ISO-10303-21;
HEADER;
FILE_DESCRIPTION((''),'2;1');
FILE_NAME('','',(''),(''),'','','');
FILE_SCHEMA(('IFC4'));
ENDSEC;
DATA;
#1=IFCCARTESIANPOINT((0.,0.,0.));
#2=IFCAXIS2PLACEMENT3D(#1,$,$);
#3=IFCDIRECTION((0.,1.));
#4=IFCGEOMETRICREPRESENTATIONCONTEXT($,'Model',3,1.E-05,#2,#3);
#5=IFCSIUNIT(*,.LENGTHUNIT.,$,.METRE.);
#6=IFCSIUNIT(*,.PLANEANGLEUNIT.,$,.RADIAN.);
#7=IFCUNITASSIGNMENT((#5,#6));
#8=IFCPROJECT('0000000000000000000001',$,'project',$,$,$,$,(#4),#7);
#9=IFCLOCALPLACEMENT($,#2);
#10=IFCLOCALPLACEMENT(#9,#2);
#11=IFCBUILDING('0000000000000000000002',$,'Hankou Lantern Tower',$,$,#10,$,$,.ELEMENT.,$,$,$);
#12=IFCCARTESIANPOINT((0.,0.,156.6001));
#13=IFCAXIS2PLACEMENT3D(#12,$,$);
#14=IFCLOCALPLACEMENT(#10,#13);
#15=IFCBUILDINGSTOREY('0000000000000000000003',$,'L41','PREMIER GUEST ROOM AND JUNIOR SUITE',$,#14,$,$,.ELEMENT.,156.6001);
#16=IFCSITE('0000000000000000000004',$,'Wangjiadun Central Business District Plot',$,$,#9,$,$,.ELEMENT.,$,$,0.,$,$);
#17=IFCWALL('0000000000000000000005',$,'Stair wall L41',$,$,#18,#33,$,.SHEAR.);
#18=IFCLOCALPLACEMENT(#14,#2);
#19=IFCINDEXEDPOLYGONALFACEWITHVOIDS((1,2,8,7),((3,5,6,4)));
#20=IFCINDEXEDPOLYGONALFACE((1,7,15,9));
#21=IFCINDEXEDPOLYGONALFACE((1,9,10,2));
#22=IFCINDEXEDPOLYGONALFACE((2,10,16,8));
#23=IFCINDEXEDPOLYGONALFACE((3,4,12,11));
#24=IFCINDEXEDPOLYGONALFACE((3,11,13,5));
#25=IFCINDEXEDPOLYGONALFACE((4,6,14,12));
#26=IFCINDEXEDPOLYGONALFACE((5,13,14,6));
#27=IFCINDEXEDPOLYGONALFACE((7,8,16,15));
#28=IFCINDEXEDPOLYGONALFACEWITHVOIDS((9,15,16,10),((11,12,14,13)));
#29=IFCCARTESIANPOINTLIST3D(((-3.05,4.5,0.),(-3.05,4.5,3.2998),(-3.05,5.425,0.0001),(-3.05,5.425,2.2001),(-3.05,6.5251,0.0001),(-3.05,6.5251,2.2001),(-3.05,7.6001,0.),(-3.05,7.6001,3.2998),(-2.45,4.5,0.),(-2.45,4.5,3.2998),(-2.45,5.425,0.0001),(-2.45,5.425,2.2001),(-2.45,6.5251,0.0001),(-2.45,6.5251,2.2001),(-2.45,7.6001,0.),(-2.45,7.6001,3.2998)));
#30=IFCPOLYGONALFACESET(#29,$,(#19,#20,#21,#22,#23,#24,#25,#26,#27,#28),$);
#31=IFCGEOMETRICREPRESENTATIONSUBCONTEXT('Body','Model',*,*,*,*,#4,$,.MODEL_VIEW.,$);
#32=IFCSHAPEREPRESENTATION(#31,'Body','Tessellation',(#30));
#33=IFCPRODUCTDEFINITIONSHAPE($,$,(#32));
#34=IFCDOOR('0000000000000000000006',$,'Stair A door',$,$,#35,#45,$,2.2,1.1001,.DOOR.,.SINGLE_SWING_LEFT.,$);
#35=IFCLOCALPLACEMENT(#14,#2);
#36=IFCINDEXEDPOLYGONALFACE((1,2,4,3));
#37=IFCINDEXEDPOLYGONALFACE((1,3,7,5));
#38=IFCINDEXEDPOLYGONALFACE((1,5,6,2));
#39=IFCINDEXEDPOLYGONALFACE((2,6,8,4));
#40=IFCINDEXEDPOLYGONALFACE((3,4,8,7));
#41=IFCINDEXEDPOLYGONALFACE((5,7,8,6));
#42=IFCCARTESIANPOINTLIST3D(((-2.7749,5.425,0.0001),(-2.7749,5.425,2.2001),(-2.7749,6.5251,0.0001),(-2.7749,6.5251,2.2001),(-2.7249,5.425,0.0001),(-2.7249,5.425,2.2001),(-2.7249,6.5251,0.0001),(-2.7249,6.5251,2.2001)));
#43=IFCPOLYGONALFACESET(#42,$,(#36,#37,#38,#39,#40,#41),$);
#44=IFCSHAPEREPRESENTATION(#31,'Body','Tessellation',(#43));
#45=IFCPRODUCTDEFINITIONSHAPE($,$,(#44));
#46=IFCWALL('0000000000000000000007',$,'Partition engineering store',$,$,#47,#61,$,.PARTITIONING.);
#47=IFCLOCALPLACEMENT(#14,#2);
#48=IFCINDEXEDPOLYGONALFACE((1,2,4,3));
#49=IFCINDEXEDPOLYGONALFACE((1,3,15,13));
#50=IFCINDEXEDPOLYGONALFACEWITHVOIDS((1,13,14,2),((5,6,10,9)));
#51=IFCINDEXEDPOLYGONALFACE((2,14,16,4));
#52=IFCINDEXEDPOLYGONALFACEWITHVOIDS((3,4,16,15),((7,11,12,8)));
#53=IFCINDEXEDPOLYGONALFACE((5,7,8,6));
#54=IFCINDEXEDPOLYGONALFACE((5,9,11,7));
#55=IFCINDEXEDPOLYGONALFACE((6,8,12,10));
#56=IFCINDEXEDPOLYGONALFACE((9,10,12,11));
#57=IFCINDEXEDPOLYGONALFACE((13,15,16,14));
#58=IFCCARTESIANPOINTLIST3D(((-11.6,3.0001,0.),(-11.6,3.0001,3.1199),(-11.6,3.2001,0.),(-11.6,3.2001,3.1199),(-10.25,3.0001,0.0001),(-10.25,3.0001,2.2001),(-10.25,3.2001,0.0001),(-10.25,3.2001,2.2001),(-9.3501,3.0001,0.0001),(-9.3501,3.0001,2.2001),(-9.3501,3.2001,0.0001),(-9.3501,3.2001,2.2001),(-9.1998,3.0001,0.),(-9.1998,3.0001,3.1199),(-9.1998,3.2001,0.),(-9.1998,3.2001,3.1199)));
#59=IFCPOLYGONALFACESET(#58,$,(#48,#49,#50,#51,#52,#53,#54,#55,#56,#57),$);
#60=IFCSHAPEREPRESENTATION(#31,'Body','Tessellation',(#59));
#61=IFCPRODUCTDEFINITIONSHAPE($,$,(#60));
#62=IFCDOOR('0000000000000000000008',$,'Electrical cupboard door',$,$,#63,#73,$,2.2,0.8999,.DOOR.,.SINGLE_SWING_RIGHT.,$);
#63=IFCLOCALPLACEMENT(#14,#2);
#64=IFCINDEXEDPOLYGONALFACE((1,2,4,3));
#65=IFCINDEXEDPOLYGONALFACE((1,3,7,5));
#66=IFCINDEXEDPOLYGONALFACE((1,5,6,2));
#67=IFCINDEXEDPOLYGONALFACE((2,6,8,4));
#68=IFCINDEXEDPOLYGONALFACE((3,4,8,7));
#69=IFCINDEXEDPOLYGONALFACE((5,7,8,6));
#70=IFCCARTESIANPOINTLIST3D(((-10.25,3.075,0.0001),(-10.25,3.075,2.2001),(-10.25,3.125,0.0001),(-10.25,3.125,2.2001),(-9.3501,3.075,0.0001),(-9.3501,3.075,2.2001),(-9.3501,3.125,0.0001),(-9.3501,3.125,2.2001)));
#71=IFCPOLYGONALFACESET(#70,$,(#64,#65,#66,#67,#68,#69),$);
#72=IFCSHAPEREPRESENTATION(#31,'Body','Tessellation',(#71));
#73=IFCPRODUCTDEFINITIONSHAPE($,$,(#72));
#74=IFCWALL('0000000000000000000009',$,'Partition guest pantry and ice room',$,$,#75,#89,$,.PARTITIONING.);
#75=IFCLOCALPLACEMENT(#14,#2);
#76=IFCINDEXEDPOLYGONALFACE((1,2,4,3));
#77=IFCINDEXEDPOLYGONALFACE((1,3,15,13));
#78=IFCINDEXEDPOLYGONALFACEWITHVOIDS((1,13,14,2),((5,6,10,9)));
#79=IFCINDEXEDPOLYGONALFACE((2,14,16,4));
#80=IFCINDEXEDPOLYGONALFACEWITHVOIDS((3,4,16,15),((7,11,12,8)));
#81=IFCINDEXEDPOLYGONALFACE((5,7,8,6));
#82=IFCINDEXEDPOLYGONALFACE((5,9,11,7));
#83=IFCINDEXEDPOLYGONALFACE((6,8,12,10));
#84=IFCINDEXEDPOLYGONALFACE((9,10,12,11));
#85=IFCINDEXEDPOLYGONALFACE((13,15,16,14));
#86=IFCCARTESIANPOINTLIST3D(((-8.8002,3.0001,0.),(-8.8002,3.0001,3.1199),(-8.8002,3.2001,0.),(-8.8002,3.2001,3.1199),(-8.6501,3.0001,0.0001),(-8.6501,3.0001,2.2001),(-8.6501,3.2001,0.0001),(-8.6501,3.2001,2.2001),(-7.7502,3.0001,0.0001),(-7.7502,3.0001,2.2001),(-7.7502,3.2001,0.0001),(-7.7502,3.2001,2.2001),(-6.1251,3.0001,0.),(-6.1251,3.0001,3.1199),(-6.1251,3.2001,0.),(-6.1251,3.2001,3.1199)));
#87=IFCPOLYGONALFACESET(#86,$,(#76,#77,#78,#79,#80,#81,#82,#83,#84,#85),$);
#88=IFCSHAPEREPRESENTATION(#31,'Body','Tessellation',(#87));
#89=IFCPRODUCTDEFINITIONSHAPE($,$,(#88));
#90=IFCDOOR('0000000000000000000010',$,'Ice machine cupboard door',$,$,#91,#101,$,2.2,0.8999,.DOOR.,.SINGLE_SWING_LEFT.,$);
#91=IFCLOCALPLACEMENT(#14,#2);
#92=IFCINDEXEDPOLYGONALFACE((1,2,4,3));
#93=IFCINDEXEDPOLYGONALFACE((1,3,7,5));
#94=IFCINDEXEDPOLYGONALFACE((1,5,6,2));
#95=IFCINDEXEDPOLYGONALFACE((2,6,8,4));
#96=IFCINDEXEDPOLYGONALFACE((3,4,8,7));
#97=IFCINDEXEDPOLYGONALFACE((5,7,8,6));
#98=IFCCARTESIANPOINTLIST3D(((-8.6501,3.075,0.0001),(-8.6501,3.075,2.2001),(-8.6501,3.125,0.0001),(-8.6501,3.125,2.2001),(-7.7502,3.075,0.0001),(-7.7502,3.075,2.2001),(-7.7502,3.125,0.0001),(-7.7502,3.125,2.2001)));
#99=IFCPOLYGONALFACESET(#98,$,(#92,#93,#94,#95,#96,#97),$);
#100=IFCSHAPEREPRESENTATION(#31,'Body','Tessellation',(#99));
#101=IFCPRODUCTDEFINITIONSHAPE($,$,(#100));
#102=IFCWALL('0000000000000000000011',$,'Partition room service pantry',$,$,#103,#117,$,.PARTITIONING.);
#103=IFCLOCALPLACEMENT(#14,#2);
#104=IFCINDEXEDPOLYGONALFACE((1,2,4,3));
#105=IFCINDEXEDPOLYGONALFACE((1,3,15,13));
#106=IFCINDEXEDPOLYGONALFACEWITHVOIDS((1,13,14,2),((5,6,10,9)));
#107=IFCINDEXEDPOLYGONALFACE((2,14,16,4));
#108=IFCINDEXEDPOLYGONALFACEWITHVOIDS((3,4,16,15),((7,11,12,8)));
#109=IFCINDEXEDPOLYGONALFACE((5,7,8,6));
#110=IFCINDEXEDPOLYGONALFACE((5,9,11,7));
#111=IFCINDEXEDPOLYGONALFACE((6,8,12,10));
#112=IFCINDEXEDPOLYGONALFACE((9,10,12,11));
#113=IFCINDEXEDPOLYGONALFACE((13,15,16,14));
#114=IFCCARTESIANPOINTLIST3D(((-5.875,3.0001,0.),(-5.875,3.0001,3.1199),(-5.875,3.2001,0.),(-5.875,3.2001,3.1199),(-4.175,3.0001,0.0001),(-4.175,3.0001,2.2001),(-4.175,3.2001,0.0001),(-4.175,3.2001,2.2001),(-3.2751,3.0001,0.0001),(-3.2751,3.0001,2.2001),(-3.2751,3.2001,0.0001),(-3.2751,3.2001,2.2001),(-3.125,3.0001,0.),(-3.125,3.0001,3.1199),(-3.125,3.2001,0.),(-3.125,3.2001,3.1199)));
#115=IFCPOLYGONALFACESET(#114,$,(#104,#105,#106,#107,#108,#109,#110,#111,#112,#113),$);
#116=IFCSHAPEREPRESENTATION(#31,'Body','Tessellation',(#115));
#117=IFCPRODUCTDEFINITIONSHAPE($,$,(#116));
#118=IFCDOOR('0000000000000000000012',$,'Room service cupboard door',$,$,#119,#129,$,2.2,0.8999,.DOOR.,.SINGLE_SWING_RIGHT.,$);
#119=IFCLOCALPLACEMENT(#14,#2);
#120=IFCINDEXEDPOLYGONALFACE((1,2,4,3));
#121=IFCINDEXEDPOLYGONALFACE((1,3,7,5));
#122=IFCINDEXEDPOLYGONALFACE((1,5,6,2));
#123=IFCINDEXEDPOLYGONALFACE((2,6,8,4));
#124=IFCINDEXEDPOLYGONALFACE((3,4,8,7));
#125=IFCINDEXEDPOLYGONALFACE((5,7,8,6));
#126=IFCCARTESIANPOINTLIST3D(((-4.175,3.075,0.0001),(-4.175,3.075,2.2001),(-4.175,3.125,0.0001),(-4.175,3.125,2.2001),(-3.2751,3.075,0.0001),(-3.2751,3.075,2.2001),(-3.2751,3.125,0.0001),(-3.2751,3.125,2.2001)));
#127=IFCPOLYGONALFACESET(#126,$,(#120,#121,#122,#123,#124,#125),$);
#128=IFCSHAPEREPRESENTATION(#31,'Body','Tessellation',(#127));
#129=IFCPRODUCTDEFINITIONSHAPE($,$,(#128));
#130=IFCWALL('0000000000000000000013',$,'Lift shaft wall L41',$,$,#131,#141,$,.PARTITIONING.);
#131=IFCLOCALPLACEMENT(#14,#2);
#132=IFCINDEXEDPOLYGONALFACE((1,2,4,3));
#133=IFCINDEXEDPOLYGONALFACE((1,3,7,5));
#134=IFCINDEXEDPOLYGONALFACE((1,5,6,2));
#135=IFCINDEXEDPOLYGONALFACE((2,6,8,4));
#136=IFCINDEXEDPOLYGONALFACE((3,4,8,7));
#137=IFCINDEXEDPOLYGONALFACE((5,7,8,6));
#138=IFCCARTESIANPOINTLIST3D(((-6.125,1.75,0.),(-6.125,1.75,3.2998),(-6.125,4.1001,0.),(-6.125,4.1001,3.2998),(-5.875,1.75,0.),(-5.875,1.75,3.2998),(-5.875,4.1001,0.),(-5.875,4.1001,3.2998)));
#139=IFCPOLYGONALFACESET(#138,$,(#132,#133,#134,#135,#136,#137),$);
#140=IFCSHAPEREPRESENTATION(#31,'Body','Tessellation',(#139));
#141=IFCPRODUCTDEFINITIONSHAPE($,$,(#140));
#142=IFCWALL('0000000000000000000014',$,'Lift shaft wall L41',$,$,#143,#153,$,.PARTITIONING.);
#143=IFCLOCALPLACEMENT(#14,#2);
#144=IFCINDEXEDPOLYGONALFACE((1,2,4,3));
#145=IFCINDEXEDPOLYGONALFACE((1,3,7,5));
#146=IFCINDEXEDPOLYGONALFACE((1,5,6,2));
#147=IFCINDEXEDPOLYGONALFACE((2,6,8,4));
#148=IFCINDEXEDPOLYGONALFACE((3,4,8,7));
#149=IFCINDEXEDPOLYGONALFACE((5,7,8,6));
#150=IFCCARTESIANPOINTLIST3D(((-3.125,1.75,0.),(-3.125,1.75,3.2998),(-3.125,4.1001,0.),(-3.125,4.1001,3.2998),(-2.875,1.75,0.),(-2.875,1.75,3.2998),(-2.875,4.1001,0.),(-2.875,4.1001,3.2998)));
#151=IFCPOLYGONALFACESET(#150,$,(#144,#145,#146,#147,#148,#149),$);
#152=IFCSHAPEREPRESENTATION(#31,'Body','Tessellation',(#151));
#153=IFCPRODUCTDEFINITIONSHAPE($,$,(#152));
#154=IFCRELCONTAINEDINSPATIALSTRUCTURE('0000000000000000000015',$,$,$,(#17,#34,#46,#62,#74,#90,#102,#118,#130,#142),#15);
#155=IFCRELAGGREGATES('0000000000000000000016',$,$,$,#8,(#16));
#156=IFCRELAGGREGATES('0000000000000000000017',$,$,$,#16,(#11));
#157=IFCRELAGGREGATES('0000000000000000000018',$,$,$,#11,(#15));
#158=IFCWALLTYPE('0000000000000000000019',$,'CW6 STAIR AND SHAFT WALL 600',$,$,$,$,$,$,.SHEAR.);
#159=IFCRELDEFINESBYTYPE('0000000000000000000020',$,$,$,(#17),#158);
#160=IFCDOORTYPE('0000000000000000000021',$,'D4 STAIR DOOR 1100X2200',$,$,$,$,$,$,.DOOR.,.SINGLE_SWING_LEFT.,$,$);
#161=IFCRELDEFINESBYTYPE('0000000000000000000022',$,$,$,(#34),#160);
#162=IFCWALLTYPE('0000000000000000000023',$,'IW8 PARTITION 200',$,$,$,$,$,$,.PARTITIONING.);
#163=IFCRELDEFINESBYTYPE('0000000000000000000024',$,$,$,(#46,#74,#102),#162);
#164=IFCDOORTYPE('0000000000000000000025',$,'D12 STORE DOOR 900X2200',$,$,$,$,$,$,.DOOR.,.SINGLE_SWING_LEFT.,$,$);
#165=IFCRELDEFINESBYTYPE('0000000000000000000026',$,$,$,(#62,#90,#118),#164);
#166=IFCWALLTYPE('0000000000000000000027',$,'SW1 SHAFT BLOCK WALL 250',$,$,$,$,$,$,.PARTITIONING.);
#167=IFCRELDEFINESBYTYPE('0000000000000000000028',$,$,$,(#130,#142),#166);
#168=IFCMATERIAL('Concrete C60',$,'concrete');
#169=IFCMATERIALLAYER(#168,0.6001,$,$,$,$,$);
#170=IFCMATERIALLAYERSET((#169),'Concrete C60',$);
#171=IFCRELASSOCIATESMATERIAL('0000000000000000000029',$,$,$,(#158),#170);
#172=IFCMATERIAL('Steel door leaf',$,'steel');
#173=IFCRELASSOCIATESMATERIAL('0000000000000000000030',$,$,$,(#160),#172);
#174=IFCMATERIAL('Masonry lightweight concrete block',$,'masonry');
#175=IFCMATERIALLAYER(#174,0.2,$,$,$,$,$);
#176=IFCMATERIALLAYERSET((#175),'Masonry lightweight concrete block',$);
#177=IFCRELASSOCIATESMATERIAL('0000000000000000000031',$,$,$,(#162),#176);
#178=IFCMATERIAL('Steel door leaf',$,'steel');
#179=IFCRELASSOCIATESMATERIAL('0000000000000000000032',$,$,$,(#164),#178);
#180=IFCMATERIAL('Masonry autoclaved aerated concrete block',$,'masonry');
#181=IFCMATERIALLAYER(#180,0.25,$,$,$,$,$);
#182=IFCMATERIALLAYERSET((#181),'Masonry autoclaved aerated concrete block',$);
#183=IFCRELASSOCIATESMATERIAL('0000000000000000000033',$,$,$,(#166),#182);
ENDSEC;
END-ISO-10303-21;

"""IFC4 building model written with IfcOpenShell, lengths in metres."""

from ifc_helpers import new_model, si_unit, direction, frame, frame_2d, origin, place, context, subcontext, project, spatial, rectangle, extrude, material, layer, layer_set, type_object, element, fill, save


model = new_model("IFC4")

# Units and contexts
model_context = context("Model", 3, precision=1e-05, world=origin(), true_north=direction((0.0, 1.0)))
body_context = subcontext(model_context, "Body", "Model", "MODEL_VIEW")
ifc_project = project(units=[si_unit("LENGTHUNIT", "METRE"), si_unit("PLANEANGLEUNIT", "RADIAN")], contexts=[model_context])

# Site, building, storey
site_placement = place(None, origin())
site = spatial("IfcSite", under=ifc_project, at=site_placement, Name="Wangjiadun Central Business District Plot", CompositionType="ELEMENT", RefElevation=0.0)
building_placement = place(site_placement, origin())
building = spatial("IfcBuilding", under=site, at=building_placement, Name="Hankou Lantern Tower", CompositionType="ELEMENT")
storey_placement = place(building_placement, frame((0.0, 0.0, 156.6001)))
storey = spatial("IfcBuildingStorey", under=building, at=storey_placement, Name="L41", Description="PREMIER GUEST ROOM AND JUNIOR SUITE", CompositionType="ELEMENT", Elevation=156.6001)

# Walls, openings, doors
ifc_material_1 = material(Name="Concrete C60", Category="concrete")
ifc_layer_1 = layer(ifc_material_1, 0.6001)
ifc_layer_set_1 = layer_set([ifc_layer_1], Name="Concrete C60")
wall_type_1 = type_object("IfcWallType", Name="CW6 STAIR AND SHAFT WALL 600", PredefinedType="SHEAR", material=ifc_layer_set_1)
wall_1_placement = place(storey_placement, frame((-2.75, 4.5, 0.0), z_axis=(0.0, 0.0, 1.0), x_axis=(0.0, 1.0, 0.0)))
wall_1 = element("IfcWall", 1, at=wall_1_placement, inside=storey, type_object=wall_type_1, Name="Stair wall L41", PredefinedType="SHEAR", context=body_context, shape_type="SweptSolid", body=[
    extrude(rectangle(XDim=3.1001, YDim=0.6001, at=frame_2d((1.55, 0.0))), origin(), (0.0, 0.0, 1.0), 3.2998),
])
opening_1_placement = place(wall_1_placement, frame((0.925, 0.0, 0.0)))
opening_1 = element("IfcOpeningElement", 2, at=opening_1_placement, cuts=wall_1, PredefinedType="OPENING", context=body_context, shape_type="SweptSolid", body=[
    extrude(rectangle(XDim=1.1001, YDim=2.2, at=frame_2d((0.55, 1.1001))), frame((0.0, 0.3101, 0.0), z_axis=(0.0, -1.0, 0.0), x_axis=(1.0, 0.0, 0.0)), (0.0, 0.0, 1.0), 0.6201),
])
ifc_material_2 = material(Name="Steel door leaf", Category="steel")
door_type_1 = type_object("IfcDoorType", Name="D4 STAIR DOOR 1100X2200", OperationType="SINGLE_SWING_LEFT", PredefinedType="DOOR", material=ifc_material_2)
door_1_placement = place(opening_1_placement, origin())
door_1 = element("IfcDoor", 3, at=door_1_placement, inside=storey, type_object=door_type_1, Name="Stair A door", OperationType="SINGLE_SWING_LEFT", OverallHeight=2.2, OverallWidth=1.1001, PredefinedType="DOOR", context=body_context, shape_type="SweptSolid", body=[
    extrude(rectangle(XDim=1.1001, YDim=2.2, at=frame_2d((0.55, 1.1001))), frame((0.0, 0.0249, 0.0), z_axis=(0.0, -1.0, 0.0), x_axis=(1.0, 0.0, 0.0)), (0.0, 0.0, 1.0), 0.05),
])
fill(opening_1, door_1)
ifc_material_3 = material(Name="Masonry lightweight concrete block", Category="masonry")
ifc_layer_2 = layer(ifc_material_3, 0.2)
ifc_layer_set_2 = layer_set([ifc_layer_2], Name="Masonry lightweight concrete block")
wall_type_2 = type_object("IfcWallType", Name="IW8 PARTITION 200", PredefinedType="PARTITIONING", material=ifc_layer_set_2)
wall_2_placement = place(storey_placement, frame((-11.6001, 3.1001, 0.0), z_axis=(0.0, 0.0, 1.0), x_axis=(1.0, 0.0, 0.0)))
wall_2 = element("IfcWall", 4, at=wall_2_placement, inside=storey, type_object=wall_type_2, Name="Partition engineering store", PredefinedType="PARTITIONING", context=body_context, shape_type="SweptSolid", body=[
    extrude(rectangle(XDim=2.4001, YDim=0.2, at=frame_2d((1.2002, 0.0))), origin(), (0.0, 0.0, 1.0), 3.1199),
])
opening_2_placement = place(wall_2_placement, frame((1.3501, 0.0, 0.0)))
opening_2 = element("IfcOpeningElement", 5, at=opening_2_placement, cuts=wall_2, PredefinedType="OPENING", context=body_context, shape_type="SweptSolid", body=[
    extrude(rectangle(XDim=0.8999, YDim=2.2, at=frame_2d((0.45, 1.1001))), frame((0.0, 0.1099, 0.0), z_axis=(0.0, -1.0, 0.0), x_axis=(1.0, 0.0, 0.0)), (0.0, 0.0, 1.0), 0.22),
])
ifc_material_4 = material(Name="Steel door leaf", Category="steel")
door_type_2 = type_object("IfcDoorType", Name="D12 STORE DOOR 900X2200", OperationType="SINGLE_SWING_LEFT", PredefinedType="DOOR", material=ifc_material_4)
door_2_placement = place(opening_2_placement, origin())
door_2 = element("IfcDoor", 6, at=door_2_placement, inside=storey, type_object=door_type_2, Name="Electrical cupboard door", OperationType="SINGLE_SWING_RIGHT", OverallHeight=2.2, OverallWidth=0.8999, PredefinedType="DOOR", context=body_context, shape_type="SweptSolid", body=[
    extrude(rectangle(XDim=0.8999, YDim=2.2, at=frame_2d((0.45, 1.1001))), frame((0.0, 0.0249, 0.0), z_axis=(0.0, -1.0, 0.0), x_axis=(1.0, 0.0, 0.0)), (0.0, 0.0, 1.0), 0.05),
])
fill(opening_2, door_2)
wall_3_placement = place(storey_placement, frame((-8.8, 3.1001, 0.0), z_axis=(0.0, 0.0, 1.0), x_axis=(1.0, 0.0, 0.0)))
wall_3 = element("IfcWall", 7, at=wall_3_placement, inside=storey, type_object=wall_type_2, Name="Partition guest pantry and ice room", PredefinedType="PARTITIONING", context=body_context, shape_type="SweptSolid", body=[
    extrude(rectangle(XDim=2.675, YDim=0.2, at=frame_2d((1.3374, 0.0))), origin(), (0.0, 0.0, 1.0), 3.1199),
])
opening_3_placement = place(wall_3_placement, frame((0.1499, 0.0, 0.0)))
opening_3 = element("IfcOpeningElement", 8, at=opening_3_placement, cuts=wall_3, PredefinedType="OPENING", context=body_context, shape_type="SweptSolid", body=[
    extrude(rectangle(XDim=0.8999, YDim=2.2, at=frame_2d((0.45, 1.1001))), frame((0.0, 0.1099, 0.0), z_axis=(0.0, -1.0, 0.0), x_axis=(1.0, 0.0, 0.0)), (0.0, 0.0, 1.0), 0.22),
])
door_3_placement = place(opening_3_placement, origin())
door_3 = element("IfcDoor", 9, at=door_3_placement, inside=storey, type_object=door_type_2, Name="Ice machine cupboard door", OperationType="SINGLE_SWING_LEFT", OverallHeight=2.2, OverallWidth=0.8999, PredefinedType="DOOR", context=body_context, shape_type="SweptSolid", body=[
    extrude(rectangle(XDim=0.8999, YDim=2.2, at=frame_2d((0.45, 1.1001))), frame((0.0, 0.0249, 0.0), z_axis=(0.0, -1.0, 0.0), x_axis=(1.0, 0.0, 0.0)), (0.0, 0.0, 1.0), 0.05),
])
fill(opening_3, door_3)
wall_4_placement = place(storey_placement, frame((-5.875, 3.1001, 0.0), z_axis=(0.0, 0.0, 1.0), x_axis=(1.0, 0.0, 0.0)))
wall_4 = element("IfcWall", 10, at=wall_4_placement, inside=storey, type_object=wall_type_2, Name="Partition room service pantry", PredefinedType="PARTITIONING", context=body_context, shape_type="SweptSolid", body=[
    extrude(rectangle(XDim=2.75, YDim=0.2, at=frame_2d((1.375, 0.0))), origin(), (0.0, 0.0, 1.0), 3.1199),
])
opening_4_placement = place(wall_4_placement, frame((1.7, 0.0, 0.0)))
opening_4 = element("IfcOpeningElement", 11, at=opening_4_placement, cuts=wall_4, PredefinedType="OPENING", context=body_context, shape_type="SweptSolid", body=[
    extrude(rectangle(XDim=0.8999, YDim=2.2, at=frame_2d((0.45, 1.1001))), frame((0.0, 0.1099, 0.0), z_axis=(0.0, -1.0, 0.0), x_axis=(1.0, 0.0, 0.0)), (0.0, 0.0, 1.0), 0.22),
])
door_4_placement = place(opening_4_placement, origin())
door_4 = element("IfcDoor", 12, at=door_4_placement, inside=storey, type_object=door_type_2, Name="Room service cupboard door", OperationType="SINGLE_SWING_RIGHT", OverallHeight=2.2, OverallWidth=0.8999, PredefinedType="DOOR", context=body_context, shape_type="SweptSolid", body=[
    extrude(rectangle(XDim=0.8999, YDim=2.2, at=frame_2d((0.45, 1.1001))), frame((0.0, 0.0249, 0.0), z_axis=(0.0, -1.0, 0.0), x_axis=(1.0, 0.0, 0.0)), (0.0, 0.0, 1.0), 0.05),
])
fill(opening_4, door_4)

# Walls
ifc_material_5 = material(Name="Masonry autoclaved aerated concrete block", Category="masonry")
ifc_layer_3 = layer(ifc_material_5, 0.25)
ifc_layer_set_3 = layer_set([ifc_layer_3], Name="Masonry autoclaved aerated concrete block")
wall_type_3 = type_object("IfcWallType", Name="SW1 SHAFT BLOCK WALL 250", PredefinedType="PARTITIONING", material=ifc_layer_set_3)
for number, where, z_axis, x_axis, name in (
    (13, (-6.0, 1.75, 0.0), (0.0, 0.0, 1.0), (0.0, 1.0, 0.0), "Lift shaft wall L41"),
    (14, (-3.0, 1.75, 0.0), (0.0, 0.0, 1.0), (0.0, 1.0, 0.0), "Lift shaft wall L41"),
):
    element("IfcWall", number, at=place(storey_placement, frame(where, z_axis=z_axis, x_axis=x_axis)), inside=storey, type_object=wall_type_3, Name=name, PredefinedType="PARTITIONING", context=body_context, shape_type="SweptSolid", body=[
        extrude(rectangle(XDim=2.3501, YDim=0.25, at=frame_2d((1.175, 0.0))), origin(), (0.0, 0.0, 1.0), 3.2998),
    ])

save(model, "model.ifc")
